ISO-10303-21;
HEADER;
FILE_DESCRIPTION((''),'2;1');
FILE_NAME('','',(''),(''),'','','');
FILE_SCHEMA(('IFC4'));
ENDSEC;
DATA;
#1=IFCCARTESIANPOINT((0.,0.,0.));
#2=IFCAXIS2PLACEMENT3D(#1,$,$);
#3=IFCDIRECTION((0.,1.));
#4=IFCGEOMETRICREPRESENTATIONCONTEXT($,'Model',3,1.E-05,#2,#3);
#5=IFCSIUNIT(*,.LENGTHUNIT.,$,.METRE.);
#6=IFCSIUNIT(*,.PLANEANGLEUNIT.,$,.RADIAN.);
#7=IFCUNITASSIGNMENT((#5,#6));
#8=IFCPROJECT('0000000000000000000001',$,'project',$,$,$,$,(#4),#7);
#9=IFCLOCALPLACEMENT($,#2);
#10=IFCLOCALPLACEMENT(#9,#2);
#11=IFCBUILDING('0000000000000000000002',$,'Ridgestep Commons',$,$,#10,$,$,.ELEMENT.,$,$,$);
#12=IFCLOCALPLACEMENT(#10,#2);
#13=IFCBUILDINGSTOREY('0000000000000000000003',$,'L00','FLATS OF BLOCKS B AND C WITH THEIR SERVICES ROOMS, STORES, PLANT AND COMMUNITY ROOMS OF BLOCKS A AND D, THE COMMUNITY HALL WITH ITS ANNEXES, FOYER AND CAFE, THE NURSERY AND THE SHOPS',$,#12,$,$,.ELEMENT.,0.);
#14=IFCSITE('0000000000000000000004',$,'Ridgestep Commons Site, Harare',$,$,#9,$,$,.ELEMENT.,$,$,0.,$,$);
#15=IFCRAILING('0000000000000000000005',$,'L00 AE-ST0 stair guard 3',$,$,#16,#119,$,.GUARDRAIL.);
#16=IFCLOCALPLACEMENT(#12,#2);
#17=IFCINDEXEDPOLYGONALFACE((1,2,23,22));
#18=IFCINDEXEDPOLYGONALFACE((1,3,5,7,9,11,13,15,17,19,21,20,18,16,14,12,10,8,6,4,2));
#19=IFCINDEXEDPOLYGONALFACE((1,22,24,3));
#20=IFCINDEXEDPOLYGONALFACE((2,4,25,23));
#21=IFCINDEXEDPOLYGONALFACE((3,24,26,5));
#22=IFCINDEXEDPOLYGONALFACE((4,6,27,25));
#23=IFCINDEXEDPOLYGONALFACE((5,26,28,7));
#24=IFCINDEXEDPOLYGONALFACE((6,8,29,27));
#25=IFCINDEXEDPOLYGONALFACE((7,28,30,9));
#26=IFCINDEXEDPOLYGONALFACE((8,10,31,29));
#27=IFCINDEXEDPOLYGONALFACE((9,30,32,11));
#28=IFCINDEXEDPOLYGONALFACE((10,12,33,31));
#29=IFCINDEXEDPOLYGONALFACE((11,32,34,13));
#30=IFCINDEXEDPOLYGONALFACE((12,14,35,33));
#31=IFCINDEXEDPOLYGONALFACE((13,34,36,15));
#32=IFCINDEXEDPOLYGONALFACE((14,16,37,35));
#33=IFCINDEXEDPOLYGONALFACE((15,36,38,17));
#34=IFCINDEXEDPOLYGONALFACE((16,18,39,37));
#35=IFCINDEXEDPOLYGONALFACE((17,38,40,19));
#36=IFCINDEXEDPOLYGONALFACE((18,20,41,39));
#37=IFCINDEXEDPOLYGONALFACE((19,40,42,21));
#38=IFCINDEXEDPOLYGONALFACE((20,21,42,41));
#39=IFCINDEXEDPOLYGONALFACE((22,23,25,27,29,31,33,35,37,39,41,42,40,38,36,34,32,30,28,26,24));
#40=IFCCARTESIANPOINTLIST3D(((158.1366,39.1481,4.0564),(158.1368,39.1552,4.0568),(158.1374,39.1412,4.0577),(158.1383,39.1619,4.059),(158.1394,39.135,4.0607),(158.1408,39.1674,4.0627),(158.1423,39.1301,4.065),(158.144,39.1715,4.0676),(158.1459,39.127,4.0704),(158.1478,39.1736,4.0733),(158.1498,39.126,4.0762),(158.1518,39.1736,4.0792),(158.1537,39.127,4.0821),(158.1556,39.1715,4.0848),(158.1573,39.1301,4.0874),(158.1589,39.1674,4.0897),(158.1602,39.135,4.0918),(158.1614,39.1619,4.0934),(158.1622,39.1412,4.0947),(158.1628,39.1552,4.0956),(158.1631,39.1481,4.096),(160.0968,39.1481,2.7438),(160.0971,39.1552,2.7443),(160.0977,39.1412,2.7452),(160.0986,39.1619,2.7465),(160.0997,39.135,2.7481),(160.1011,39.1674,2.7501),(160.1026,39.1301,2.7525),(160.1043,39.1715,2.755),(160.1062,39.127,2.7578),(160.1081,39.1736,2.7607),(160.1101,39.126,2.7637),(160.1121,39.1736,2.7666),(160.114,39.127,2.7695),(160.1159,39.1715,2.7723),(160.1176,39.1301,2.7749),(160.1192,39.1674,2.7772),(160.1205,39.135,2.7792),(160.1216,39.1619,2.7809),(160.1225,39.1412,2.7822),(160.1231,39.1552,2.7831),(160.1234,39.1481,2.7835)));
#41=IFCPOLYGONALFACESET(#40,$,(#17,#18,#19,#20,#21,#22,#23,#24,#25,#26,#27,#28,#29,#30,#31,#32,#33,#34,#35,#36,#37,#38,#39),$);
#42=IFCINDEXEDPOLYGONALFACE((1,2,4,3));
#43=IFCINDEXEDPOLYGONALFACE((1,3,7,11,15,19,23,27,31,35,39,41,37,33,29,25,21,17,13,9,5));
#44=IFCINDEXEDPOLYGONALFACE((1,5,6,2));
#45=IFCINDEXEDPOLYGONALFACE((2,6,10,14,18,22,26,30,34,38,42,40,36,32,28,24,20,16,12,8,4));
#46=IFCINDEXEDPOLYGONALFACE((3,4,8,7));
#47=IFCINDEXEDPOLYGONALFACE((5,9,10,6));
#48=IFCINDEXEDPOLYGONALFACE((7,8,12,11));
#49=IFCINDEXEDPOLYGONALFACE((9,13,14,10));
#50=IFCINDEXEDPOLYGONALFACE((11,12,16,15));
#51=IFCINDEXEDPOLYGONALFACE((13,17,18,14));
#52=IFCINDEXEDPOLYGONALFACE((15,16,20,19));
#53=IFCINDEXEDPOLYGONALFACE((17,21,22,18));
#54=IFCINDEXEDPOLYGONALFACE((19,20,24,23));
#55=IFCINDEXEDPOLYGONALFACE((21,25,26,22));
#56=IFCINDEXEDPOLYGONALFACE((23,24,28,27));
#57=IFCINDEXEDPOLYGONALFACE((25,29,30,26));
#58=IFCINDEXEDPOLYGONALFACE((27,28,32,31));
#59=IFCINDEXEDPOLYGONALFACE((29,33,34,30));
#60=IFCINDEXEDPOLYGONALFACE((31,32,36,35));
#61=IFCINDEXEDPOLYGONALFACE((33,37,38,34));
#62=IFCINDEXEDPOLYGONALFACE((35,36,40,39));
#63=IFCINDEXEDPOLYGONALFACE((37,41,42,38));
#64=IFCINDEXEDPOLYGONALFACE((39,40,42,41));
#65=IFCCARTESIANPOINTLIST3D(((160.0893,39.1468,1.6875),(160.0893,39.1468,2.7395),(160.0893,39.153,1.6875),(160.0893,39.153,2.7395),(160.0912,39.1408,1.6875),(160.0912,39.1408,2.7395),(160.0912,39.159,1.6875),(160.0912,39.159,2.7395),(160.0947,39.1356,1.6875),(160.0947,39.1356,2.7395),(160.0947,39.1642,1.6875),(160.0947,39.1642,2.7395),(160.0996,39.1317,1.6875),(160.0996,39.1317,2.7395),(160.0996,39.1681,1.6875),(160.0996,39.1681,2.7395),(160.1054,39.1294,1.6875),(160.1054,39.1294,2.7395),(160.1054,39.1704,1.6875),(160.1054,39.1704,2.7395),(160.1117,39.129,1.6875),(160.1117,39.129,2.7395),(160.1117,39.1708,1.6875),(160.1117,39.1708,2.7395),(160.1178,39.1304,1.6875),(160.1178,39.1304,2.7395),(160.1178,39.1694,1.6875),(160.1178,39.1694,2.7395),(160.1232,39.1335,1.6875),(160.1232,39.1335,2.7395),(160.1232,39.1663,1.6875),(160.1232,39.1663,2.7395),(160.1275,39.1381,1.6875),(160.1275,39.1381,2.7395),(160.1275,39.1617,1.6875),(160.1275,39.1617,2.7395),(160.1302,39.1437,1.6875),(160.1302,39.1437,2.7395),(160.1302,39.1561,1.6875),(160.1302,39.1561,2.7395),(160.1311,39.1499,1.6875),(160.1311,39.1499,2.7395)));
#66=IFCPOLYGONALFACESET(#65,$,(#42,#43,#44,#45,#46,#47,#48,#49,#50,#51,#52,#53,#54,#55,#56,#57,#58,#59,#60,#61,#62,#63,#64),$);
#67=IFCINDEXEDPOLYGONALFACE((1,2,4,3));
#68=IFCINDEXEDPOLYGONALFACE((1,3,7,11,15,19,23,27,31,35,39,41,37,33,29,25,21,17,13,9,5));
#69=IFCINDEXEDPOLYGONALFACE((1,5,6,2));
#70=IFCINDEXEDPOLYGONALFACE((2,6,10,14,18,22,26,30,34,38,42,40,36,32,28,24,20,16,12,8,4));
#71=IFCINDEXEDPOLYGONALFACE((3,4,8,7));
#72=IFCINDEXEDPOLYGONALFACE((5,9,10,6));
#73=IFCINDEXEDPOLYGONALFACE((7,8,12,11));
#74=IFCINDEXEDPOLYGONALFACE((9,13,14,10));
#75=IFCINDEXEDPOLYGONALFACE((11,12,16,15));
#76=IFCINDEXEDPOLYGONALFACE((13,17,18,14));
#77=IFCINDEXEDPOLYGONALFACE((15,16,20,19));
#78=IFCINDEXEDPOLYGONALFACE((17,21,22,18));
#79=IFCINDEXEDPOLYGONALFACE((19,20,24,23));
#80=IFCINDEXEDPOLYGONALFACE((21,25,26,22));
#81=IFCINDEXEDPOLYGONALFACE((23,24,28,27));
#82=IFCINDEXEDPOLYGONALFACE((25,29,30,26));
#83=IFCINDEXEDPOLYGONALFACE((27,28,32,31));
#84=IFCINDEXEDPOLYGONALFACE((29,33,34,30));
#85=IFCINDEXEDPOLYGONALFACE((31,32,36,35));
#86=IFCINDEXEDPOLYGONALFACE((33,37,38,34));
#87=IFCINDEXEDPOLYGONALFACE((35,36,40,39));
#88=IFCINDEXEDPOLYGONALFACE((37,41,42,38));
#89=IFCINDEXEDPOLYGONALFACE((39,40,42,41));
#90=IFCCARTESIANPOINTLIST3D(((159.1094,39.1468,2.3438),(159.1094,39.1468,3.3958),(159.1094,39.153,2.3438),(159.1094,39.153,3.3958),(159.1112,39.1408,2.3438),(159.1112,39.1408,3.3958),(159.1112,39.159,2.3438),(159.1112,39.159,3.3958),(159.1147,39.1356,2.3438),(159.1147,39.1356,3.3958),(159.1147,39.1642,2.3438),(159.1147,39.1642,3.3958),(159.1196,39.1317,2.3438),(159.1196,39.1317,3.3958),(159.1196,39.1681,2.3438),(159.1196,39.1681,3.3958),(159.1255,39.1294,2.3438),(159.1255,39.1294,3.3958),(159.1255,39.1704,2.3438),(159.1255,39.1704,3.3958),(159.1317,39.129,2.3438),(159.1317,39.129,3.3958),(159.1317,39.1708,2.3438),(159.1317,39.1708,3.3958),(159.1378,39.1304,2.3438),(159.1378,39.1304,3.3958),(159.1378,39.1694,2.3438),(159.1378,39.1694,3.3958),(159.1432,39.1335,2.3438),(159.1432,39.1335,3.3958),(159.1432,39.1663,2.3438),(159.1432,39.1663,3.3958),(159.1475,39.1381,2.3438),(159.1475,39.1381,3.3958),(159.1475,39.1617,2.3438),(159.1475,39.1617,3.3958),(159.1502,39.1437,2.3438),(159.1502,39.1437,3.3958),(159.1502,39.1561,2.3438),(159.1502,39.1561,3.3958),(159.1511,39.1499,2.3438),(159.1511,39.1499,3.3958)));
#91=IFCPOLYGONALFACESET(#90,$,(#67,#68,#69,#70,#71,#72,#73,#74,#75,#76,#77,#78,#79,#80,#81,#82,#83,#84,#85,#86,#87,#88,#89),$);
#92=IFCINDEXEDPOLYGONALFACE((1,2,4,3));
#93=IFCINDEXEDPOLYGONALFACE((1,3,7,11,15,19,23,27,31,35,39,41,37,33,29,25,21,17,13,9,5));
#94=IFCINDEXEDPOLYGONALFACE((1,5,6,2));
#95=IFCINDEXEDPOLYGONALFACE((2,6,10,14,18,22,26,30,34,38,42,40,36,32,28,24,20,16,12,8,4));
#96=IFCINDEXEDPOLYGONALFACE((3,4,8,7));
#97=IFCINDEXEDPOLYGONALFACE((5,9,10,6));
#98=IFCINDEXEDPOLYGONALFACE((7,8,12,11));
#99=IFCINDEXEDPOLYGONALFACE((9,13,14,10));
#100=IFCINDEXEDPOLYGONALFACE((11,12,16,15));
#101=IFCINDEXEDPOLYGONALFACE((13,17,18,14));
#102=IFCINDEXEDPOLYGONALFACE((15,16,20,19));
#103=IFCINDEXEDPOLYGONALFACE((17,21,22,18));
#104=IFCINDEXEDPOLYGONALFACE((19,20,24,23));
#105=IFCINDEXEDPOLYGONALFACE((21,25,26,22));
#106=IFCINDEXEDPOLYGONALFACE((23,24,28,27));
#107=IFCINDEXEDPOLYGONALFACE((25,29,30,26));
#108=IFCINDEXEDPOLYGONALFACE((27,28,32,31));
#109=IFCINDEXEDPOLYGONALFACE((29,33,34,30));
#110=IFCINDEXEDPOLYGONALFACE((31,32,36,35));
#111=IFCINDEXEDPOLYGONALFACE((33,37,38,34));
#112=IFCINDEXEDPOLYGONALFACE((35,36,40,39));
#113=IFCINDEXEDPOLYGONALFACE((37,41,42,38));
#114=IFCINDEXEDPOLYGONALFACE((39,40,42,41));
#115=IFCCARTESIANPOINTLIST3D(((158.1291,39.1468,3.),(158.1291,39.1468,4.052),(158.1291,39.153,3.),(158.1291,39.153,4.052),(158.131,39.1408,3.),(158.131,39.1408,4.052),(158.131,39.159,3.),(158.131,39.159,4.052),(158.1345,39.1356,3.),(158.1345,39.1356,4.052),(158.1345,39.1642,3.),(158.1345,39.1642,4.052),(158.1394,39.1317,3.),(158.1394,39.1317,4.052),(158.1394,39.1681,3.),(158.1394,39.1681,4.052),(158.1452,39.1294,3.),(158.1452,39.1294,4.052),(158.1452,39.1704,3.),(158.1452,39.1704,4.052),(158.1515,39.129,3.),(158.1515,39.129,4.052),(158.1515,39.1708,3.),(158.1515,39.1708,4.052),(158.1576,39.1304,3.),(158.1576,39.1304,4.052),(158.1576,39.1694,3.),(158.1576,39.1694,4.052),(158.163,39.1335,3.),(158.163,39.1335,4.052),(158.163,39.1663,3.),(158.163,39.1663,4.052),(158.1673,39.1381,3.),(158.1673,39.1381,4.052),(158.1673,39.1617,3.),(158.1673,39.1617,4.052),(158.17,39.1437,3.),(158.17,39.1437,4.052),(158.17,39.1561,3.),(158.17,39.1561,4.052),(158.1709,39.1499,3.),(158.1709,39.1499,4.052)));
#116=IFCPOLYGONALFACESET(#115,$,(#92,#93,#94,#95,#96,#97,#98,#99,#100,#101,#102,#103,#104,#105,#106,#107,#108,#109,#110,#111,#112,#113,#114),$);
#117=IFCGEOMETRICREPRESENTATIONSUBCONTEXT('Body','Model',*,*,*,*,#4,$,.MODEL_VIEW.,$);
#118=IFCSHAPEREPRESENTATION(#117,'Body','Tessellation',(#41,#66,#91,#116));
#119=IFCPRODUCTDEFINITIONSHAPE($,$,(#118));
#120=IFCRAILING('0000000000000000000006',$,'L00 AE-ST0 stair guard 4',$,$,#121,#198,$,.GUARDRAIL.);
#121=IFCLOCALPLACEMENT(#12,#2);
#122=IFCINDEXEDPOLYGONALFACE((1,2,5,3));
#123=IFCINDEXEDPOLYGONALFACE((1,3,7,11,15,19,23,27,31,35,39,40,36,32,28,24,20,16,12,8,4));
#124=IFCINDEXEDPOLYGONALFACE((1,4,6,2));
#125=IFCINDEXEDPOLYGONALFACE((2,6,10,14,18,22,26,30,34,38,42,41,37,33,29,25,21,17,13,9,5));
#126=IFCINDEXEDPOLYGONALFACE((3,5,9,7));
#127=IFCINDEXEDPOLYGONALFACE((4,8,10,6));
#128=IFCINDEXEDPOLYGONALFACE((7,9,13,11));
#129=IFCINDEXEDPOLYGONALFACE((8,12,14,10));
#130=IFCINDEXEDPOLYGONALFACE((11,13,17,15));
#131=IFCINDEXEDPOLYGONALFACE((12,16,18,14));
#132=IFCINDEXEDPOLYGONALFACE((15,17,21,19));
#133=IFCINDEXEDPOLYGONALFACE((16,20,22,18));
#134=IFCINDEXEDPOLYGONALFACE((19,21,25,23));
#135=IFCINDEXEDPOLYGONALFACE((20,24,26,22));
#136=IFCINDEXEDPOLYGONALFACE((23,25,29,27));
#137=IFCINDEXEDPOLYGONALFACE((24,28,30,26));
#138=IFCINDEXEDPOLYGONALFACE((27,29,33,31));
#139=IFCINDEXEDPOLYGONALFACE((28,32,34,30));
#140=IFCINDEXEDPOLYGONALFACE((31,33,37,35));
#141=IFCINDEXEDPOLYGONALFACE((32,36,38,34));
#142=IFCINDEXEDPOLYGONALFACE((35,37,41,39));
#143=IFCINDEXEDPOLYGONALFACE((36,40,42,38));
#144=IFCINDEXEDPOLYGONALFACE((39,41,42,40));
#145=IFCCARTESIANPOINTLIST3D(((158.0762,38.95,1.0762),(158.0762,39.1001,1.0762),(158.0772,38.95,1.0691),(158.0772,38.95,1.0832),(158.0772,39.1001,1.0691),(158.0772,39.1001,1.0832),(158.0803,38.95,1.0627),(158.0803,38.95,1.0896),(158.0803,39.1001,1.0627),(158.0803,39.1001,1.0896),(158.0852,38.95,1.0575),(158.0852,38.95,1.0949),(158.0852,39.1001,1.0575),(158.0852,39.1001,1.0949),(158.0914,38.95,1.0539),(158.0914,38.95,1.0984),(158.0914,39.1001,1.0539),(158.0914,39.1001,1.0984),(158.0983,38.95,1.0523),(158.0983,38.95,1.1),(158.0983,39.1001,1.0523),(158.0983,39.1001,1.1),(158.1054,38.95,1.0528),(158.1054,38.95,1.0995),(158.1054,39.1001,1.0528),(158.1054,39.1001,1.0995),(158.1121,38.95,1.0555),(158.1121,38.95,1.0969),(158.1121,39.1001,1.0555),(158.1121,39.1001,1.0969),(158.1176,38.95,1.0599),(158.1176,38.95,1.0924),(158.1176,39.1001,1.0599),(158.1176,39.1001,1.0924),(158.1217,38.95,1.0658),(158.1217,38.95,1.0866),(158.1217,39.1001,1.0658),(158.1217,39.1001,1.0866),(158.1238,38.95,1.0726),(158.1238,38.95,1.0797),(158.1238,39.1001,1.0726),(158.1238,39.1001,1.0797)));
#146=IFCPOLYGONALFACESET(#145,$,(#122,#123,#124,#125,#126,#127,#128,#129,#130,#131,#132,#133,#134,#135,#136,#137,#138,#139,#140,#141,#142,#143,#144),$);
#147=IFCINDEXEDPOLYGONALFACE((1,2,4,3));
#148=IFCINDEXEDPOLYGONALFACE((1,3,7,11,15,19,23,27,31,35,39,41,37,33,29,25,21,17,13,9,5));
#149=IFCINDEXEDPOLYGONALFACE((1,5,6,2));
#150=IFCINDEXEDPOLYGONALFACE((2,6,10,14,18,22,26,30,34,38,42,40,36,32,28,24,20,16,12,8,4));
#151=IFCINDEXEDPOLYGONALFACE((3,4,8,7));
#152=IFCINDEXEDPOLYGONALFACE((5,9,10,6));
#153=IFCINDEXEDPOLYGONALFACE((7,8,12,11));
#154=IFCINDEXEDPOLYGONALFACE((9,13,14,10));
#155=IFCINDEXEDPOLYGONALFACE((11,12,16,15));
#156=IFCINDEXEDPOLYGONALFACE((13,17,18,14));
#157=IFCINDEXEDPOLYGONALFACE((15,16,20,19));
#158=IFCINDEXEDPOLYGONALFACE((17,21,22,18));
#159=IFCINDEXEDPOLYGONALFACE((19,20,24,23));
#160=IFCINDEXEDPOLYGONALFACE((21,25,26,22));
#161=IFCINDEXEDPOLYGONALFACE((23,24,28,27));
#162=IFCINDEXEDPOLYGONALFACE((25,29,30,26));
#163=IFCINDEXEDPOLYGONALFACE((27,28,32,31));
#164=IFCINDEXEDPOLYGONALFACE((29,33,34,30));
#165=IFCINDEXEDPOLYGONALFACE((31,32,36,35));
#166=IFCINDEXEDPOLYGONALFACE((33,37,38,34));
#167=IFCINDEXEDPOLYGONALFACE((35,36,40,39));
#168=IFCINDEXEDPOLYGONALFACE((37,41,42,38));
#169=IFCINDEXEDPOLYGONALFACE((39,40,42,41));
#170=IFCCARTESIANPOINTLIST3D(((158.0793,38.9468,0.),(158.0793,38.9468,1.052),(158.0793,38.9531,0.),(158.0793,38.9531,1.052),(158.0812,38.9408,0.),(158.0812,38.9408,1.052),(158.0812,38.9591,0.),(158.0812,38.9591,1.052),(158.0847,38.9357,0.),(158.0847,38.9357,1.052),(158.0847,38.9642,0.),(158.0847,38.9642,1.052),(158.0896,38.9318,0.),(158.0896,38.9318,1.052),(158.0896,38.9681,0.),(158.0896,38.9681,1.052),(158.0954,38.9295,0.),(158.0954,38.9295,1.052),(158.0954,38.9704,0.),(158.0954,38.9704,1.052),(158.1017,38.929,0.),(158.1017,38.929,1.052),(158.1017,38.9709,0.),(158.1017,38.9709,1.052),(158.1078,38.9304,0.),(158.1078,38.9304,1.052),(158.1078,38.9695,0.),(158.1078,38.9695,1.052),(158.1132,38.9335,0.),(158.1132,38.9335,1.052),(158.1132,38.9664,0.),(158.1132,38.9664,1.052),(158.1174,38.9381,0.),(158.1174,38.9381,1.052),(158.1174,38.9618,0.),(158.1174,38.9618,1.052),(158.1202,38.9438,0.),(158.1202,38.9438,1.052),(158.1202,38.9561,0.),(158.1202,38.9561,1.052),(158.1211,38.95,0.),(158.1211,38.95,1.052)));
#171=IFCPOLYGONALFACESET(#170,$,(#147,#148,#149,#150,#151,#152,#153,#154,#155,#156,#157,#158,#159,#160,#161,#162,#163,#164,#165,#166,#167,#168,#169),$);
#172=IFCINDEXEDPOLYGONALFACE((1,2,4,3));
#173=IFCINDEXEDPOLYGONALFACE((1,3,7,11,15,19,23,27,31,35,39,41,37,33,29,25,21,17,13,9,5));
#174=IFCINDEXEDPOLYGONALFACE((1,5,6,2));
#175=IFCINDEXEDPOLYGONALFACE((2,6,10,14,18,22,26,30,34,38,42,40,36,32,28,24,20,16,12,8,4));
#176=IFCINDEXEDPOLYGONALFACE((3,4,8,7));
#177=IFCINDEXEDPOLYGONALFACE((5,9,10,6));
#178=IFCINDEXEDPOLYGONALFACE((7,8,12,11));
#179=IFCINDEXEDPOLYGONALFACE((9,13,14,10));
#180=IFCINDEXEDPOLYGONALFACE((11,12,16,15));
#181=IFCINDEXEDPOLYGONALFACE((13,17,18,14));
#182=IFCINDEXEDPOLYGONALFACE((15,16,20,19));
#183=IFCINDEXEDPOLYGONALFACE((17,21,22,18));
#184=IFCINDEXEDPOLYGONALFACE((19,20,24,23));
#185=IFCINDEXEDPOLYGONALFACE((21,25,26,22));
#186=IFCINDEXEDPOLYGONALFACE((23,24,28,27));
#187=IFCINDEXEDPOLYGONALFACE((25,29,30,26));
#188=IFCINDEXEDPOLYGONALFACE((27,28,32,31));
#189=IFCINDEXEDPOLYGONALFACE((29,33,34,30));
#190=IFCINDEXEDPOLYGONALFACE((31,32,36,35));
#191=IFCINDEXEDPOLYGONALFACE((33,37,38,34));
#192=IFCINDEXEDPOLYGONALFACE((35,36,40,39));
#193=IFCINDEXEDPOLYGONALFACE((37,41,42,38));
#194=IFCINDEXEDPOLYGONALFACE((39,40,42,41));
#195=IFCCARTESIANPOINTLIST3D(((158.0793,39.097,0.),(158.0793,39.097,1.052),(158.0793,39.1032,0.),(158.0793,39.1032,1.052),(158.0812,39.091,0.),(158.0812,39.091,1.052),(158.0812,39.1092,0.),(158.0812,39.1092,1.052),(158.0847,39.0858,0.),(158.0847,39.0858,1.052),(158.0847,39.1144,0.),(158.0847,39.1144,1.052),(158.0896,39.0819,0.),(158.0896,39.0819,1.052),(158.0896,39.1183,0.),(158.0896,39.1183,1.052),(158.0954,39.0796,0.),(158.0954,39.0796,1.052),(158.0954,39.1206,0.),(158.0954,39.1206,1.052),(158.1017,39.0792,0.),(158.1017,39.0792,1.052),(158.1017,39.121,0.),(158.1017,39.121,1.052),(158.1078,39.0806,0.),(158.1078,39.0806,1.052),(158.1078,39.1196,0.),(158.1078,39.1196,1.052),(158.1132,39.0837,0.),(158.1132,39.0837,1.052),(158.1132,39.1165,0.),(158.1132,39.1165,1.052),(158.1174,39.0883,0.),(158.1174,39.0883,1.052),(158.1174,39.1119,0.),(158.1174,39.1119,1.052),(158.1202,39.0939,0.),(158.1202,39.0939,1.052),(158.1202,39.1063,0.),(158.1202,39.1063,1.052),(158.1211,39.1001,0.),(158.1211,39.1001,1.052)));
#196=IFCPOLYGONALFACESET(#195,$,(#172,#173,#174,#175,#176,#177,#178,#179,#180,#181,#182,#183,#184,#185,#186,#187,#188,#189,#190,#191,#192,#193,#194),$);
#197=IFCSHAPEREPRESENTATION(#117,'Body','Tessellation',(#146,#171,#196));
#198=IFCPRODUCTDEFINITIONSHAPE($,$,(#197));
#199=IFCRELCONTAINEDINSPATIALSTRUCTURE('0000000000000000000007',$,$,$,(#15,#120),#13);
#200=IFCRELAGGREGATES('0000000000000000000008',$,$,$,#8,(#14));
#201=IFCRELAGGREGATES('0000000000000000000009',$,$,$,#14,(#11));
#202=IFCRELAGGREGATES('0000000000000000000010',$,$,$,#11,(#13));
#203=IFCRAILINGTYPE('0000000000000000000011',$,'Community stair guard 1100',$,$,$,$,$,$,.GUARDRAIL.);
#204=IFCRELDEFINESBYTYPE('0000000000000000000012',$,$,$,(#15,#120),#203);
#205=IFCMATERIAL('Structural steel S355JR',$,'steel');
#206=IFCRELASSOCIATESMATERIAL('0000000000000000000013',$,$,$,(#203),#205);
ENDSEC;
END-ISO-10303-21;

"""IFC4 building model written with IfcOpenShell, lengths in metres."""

from ifc_helpers import new_model, si_unit, direction, frame, origin, origin_2d, place, context, subcontext, project, spatial, circle, extrude, material, type_object, element, save


model = new_model("IFC4")

# Units and contexts
model_context = context("Model", 3, precision=1e-05, world=origin(), true_north=direction((0.0, 1.0)))
body_context = subcontext(model_context, "Body", "Model", "MODEL_VIEW")
ifc_project = project(units=[si_unit("LENGTHUNIT", "METRE"), si_unit("PLANEANGLEUNIT", "RADIAN")], contexts=[model_context])

# Site, building, storey
site_placement = place(None, origin())
site = spatial("IfcSite", under=ifc_project, at=site_placement, Name="Ridgestep Commons Site, Harare", CompositionType="ELEMENT", RefElevation=0.0)
building_placement = place(site_placement, origin())
building = spatial("IfcBuilding", under=site, at=building_placement, Name="Ridgestep Commons", CompositionType="ELEMENT")
storey_placement = place(building_placement, origin())
storey = spatial("IfcBuildingStorey", under=building, at=storey_placement, Name="L00", Description="FLATS OF BLOCKS B AND C WITH THEIR SERVICES ROOMS, STORES, PLANT AND COMMUNITY ROOMS OF BLOCKS A AND D, THE COMMUNITY HALL WITH ITS ANNEXES, FOYER AND CAFE, THE NURSERY AND THE SHOPS", CompositionType="ELEMENT", Elevation=0.0)

# Railings
ifc_material_1 = material(Name="Structural steel S355JR", Category="steel")
railing_type_1 = type_object("IfcRailingType", Name="Community stair guard 1100", PredefinedType="GUARDRAIL", material=ifc_material_1)
railing_1_placement = place(storey_placement, frame((160.1101, 39.1499, 1.6875)))
element("IfcRailing", 1, at=railing_1_placement, inside=storey, type_object=railing_type_1, Name="L00 AE-ST0 stair guard 3", PredefinedType="GUARDRAIL", context=body_context, shape_type="SweptSolid", body=[
    extrude(circle(Radius=0.0239, at=origin_2d()), frame((0.0, 0.0, 1.0762), z_axis=(-0.830934, 0.0, 0.556371), x_axis=(0.0, -1.0, 0.0)), (0.0, 0.0, 1.0), 2.3591),
    extrude(circle(Radius=0.021, at=origin_2d()), origin(), (0.0, 0.0, 1.0), 1.052),
    extrude(circle(Radius=0.021, at=origin_2d()), frame((-0.98, 0.0, 0.6562)), (0.0, 0.0, 1.0), 1.052),
    extrude(circle(Radius=0.021, at=origin_2d()), frame((-1.9602, 0.0, 1.3125)), (0.0, 0.0, 1.0), 1.052),
])
railing_2_placement = place(storey_placement, frame((158.1001, 38.95, 0.0)))
element("IfcRailing", 2, at=railing_2_placement, inside=storey, type_object=railing_type_1, Name="L00 AE-ST0 stair guard 4", PredefinedType="GUARDRAIL", context=body_context, shape_type="SweptSolid", body=[
    extrude(circle(Radius=0.0239, at=origin_2d()), frame((0.0, 0.0, 1.0762), z_axis=(0.0, 1.0, 0.0), x_axis=(-1.0, 0.0, 0.0)), (0.0, 0.0, 1.0), 0.1501),
    extrude(circle(Radius=0.021, at=origin_2d()), origin(), (0.0, 0.0, 1.0), 1.052),
    extrude(circle(Radius=0.021, at=origin_2d()), frame((0.0, 0.1501, 0.0)), (0.0, 0.0, 1.0), 1.052),
])

save(model, "model.ifc")
